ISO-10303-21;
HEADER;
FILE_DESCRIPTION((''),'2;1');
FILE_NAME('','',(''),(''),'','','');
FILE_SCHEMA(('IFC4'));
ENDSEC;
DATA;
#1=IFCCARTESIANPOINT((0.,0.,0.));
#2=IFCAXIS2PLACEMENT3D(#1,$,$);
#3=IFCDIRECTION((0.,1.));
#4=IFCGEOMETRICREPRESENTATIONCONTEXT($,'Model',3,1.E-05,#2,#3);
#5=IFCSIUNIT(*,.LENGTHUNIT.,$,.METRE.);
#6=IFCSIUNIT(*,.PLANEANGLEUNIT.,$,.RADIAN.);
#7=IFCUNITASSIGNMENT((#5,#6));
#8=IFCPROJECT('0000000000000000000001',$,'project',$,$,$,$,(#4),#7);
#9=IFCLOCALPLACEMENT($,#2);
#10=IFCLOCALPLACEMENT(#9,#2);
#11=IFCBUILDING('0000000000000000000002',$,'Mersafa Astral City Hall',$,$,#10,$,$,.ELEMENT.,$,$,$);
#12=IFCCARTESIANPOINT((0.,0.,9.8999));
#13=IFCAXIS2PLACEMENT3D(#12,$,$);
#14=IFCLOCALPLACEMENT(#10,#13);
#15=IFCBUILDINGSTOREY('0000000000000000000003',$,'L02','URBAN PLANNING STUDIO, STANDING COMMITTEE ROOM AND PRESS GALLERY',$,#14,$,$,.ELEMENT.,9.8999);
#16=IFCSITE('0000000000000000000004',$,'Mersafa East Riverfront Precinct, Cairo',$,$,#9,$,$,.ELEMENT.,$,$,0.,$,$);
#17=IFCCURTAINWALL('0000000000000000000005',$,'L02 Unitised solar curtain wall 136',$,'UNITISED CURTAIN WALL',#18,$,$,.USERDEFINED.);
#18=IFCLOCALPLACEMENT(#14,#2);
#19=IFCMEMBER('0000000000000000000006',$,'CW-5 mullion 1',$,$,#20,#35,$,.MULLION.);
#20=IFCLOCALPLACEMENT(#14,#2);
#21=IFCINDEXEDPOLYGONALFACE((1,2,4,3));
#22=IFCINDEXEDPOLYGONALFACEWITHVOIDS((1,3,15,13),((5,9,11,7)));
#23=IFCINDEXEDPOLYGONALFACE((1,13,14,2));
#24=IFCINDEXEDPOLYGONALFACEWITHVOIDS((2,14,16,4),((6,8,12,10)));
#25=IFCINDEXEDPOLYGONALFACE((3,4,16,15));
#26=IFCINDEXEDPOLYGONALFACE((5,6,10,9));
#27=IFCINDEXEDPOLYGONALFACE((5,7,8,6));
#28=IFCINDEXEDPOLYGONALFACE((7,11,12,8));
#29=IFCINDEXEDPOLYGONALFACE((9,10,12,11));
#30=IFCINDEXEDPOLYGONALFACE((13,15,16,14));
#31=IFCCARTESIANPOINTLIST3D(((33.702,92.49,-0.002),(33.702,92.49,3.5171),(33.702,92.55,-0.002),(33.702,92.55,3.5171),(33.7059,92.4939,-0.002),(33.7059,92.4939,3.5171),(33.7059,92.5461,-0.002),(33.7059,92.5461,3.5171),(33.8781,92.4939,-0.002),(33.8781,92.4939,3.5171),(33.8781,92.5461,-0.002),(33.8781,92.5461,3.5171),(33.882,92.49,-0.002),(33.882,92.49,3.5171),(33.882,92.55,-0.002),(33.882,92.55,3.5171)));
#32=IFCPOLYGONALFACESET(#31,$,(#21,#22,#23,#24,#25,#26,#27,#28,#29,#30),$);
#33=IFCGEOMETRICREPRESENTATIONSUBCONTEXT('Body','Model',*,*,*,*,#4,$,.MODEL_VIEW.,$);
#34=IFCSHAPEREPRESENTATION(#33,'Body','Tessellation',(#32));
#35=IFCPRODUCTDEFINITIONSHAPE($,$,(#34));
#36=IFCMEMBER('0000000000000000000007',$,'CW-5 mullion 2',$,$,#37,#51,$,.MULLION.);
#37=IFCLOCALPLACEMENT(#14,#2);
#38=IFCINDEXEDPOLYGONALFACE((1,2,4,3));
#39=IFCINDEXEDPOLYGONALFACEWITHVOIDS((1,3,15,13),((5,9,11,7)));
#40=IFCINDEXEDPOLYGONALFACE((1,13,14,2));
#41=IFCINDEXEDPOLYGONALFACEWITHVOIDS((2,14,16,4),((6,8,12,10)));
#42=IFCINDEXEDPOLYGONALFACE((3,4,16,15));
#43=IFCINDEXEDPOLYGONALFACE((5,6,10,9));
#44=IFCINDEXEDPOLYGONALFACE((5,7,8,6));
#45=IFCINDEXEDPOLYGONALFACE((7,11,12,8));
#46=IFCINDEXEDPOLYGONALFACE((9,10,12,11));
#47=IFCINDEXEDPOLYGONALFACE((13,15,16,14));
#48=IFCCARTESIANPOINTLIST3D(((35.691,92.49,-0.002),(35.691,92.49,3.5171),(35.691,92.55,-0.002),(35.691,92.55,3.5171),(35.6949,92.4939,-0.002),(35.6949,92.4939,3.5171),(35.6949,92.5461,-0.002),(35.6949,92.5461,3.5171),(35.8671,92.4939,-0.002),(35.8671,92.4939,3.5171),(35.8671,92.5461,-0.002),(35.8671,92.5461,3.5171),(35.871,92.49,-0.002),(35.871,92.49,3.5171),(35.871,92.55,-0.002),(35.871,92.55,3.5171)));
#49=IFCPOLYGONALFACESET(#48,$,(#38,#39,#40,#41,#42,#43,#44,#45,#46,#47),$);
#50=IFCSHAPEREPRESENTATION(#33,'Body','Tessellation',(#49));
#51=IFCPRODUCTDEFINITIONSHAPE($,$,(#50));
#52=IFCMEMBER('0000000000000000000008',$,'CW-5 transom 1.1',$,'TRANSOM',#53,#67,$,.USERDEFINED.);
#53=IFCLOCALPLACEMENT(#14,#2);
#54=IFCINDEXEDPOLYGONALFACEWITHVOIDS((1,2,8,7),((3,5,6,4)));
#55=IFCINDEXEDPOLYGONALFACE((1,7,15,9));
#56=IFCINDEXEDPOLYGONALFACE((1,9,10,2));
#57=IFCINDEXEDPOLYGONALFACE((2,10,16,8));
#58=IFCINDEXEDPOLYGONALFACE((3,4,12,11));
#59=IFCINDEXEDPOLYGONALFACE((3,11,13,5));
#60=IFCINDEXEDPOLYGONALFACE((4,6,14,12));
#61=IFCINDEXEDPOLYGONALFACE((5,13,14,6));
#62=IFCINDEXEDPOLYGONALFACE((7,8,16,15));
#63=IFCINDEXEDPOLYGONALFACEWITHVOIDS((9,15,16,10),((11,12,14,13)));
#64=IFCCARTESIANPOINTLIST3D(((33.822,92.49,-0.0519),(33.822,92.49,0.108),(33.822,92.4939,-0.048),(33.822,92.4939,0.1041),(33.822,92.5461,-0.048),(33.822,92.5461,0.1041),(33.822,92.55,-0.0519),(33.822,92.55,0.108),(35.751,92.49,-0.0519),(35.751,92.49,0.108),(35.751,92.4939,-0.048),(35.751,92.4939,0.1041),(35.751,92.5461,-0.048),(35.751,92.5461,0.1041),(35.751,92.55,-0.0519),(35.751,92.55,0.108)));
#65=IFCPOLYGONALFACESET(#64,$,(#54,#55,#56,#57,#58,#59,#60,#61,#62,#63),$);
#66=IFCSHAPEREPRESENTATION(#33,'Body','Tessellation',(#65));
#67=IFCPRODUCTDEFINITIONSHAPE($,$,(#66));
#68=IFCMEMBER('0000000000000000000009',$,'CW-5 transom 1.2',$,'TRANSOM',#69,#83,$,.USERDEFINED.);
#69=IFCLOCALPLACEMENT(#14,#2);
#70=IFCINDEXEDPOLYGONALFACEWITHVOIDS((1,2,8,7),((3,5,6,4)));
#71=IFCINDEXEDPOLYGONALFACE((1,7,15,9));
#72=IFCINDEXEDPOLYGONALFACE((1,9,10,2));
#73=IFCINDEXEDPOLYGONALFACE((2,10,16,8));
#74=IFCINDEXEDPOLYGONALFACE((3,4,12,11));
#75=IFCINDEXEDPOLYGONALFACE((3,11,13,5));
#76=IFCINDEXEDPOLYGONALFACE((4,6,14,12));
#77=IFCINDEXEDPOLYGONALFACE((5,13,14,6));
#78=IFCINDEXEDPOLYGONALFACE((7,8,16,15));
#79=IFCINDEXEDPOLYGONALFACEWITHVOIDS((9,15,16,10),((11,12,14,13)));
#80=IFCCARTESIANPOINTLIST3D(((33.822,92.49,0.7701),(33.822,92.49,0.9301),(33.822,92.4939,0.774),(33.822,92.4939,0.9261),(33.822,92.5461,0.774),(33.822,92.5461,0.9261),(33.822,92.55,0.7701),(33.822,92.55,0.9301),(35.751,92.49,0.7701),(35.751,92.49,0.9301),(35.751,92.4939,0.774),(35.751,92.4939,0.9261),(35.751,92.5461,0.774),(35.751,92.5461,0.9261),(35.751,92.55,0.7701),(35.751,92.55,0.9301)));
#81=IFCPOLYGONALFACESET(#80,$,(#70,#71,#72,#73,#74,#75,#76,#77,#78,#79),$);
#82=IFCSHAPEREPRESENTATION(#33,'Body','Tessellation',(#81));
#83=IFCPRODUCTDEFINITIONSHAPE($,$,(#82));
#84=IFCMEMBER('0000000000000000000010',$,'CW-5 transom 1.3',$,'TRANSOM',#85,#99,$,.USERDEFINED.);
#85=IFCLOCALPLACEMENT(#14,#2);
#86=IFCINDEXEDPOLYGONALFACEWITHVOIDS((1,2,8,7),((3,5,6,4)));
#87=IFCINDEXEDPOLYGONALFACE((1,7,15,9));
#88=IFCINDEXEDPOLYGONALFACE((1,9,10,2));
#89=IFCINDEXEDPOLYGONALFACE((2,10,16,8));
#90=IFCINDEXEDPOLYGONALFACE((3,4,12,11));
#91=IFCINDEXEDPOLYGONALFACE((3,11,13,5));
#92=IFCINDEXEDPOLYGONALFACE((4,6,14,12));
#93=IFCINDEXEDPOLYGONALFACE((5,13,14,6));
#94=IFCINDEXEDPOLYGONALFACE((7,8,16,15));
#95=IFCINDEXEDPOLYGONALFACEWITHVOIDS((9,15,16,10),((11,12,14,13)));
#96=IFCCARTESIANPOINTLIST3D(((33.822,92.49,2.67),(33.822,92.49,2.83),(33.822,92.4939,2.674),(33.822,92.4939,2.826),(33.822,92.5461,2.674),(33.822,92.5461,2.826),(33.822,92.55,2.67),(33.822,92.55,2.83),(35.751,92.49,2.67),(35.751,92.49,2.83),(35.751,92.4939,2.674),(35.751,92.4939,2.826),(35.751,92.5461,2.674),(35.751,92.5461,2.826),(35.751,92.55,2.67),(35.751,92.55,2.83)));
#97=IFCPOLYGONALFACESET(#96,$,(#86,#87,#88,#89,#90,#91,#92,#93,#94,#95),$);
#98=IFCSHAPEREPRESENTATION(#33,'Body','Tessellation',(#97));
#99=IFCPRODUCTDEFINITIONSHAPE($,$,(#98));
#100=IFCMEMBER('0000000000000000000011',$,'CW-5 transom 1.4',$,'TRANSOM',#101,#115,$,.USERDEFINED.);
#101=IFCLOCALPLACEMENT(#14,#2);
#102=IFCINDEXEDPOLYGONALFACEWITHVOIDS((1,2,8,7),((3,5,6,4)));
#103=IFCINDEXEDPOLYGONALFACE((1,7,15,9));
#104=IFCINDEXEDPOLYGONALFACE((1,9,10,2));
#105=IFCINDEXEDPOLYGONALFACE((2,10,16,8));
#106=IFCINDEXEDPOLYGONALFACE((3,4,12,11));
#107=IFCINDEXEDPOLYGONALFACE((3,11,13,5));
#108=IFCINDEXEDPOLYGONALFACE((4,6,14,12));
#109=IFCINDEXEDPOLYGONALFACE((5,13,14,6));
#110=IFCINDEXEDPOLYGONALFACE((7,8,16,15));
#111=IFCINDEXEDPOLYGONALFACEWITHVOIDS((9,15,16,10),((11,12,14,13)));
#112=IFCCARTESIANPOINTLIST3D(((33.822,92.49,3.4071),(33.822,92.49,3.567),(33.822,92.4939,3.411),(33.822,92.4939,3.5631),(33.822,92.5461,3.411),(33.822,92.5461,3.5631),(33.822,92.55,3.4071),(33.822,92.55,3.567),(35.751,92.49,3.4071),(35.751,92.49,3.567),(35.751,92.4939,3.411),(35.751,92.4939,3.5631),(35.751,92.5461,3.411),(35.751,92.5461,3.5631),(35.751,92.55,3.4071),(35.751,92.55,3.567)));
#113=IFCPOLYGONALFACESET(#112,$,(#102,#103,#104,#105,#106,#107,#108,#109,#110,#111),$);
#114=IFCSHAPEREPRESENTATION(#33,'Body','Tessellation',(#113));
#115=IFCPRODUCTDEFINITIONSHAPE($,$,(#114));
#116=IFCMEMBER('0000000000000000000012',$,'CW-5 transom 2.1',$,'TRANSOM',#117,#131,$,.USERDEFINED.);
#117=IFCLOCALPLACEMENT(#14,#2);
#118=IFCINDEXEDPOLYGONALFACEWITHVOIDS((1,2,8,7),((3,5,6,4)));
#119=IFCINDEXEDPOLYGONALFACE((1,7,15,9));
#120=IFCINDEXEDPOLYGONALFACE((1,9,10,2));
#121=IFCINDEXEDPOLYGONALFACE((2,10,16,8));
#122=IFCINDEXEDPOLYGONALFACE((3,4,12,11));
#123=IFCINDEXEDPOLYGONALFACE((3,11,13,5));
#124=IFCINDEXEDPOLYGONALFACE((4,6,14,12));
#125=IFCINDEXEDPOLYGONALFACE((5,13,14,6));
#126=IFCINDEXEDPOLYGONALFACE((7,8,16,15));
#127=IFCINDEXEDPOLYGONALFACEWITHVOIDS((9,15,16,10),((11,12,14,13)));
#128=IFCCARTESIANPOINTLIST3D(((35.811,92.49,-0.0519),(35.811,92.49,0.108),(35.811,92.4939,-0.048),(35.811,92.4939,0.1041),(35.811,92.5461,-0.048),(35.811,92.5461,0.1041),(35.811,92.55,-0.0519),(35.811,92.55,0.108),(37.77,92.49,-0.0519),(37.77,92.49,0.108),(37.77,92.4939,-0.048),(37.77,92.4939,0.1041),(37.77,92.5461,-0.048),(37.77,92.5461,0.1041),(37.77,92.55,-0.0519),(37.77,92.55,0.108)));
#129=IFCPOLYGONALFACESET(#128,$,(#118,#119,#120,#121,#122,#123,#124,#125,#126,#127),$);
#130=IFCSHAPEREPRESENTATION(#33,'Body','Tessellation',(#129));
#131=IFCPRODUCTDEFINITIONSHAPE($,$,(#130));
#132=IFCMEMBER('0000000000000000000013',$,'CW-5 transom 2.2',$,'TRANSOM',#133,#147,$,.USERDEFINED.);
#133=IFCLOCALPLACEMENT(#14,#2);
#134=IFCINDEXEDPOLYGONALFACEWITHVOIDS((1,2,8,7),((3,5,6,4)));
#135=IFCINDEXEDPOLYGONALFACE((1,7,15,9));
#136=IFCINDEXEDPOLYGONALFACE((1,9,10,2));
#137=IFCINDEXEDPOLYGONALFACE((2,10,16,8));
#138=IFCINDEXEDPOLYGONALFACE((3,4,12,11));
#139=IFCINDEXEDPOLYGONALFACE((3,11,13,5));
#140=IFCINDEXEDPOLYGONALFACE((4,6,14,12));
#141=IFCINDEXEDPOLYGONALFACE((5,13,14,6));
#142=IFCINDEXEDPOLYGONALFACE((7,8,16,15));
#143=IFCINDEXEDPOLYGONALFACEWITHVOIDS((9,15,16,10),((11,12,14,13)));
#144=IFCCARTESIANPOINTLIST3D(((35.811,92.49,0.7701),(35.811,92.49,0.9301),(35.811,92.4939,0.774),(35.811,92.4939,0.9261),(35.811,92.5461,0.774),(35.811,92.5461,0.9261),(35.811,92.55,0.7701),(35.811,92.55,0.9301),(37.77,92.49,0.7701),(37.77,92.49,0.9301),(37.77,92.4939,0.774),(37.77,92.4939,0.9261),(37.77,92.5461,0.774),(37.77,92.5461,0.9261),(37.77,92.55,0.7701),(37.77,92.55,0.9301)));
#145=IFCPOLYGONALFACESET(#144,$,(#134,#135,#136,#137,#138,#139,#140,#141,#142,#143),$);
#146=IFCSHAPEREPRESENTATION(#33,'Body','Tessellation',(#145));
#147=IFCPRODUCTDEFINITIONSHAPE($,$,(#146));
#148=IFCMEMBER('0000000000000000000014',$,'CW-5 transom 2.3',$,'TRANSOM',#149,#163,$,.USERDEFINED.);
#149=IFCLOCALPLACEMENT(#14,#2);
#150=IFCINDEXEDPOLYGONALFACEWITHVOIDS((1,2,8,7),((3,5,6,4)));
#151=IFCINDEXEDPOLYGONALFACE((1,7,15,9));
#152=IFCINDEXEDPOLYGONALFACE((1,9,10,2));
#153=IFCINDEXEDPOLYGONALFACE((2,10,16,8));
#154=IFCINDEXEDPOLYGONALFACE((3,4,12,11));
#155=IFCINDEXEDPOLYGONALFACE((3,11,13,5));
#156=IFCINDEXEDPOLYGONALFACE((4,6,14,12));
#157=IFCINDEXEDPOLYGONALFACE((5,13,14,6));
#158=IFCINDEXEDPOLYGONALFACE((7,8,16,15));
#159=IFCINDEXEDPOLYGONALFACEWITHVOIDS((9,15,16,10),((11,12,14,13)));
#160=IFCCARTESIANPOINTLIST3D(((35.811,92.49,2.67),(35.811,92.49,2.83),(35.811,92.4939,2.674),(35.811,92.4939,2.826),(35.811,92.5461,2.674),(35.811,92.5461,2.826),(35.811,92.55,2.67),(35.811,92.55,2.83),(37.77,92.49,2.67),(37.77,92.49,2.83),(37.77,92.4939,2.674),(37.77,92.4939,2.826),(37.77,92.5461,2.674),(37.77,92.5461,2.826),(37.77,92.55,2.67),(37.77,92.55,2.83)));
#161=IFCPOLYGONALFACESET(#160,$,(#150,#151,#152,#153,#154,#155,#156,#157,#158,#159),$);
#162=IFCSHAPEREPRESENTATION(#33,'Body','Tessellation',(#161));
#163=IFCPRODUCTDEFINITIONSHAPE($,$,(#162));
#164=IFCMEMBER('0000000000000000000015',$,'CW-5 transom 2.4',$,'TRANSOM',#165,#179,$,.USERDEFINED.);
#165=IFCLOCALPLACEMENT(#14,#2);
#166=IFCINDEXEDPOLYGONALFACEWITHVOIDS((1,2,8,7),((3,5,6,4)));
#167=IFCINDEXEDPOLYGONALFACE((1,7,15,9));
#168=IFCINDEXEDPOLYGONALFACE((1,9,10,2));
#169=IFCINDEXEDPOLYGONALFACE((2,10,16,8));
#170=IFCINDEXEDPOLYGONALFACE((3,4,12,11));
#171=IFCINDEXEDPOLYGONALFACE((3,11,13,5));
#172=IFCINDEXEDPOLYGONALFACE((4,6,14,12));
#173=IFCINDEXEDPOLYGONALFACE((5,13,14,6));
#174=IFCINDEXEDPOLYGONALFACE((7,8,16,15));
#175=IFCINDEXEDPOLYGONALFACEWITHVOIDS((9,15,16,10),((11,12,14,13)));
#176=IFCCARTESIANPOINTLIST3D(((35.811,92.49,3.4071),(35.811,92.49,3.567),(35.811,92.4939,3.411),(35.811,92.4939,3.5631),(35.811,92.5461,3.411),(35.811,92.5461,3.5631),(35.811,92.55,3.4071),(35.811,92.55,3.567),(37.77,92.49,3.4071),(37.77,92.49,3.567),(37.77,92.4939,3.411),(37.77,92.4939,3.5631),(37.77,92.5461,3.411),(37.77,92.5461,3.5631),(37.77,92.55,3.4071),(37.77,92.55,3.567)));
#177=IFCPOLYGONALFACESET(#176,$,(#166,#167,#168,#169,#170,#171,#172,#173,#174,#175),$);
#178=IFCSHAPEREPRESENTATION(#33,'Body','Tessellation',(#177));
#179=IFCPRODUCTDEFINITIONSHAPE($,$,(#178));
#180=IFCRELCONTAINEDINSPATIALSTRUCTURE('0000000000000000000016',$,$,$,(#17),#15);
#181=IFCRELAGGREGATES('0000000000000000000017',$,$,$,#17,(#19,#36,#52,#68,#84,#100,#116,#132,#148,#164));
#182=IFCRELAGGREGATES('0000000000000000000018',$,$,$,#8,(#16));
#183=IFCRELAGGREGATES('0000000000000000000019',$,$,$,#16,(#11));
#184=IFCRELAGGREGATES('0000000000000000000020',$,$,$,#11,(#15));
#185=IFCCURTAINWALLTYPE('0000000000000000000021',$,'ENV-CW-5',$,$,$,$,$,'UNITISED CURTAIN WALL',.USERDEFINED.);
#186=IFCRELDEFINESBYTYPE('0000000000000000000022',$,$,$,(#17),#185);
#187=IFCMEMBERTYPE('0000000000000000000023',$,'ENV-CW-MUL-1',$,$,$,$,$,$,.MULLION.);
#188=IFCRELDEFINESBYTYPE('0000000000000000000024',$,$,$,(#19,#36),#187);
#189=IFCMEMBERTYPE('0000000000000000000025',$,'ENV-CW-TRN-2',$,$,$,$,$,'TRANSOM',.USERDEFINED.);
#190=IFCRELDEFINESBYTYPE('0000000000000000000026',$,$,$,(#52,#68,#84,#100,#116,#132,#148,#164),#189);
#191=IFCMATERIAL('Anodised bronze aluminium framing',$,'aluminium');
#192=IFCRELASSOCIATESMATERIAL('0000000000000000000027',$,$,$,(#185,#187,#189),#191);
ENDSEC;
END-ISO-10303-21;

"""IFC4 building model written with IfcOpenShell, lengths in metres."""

from ifc_helpers import new_model, si_unit, direction, frame, origin, origin_2d, place, context, subcontext, project, spatial, hollow_rectangle, extrude, material, material_profile, profile_set, type_object, element, aggregate, save


model = new_model("IFC4")

# Units and contexts
model_context = context("Model", 3, precision=1e-05, world=origin(), true_north=direction((0.0, 1.0)))
body_context = subcontext(model_context, "Body", "Model", "MODEL_VIEW")
ifc_project = project(units=[si_unit("LENGTHUNIT", "METRE"), si_unit("PLANEANGLEUNIT", "RADIAN")], contexts=[model_context])

# Site, building, storey
site_placement = place(None, origin())
site = spatial("IfcSite", under=ifc_project, at=site_placement, Name="Mersafa East Riverfront Precinct, Cairo", CompositionType="ELEMENT", RefElevation=0.0)
building_placement = place(site_placement, origin())
building = spatial("IfcBuilding", under=site, at=building_placement, Name="Mersafa Astral City Hall", CompositionType="ELEMENT")
storey_placement = place(building_placement, frame((0.0, 0.0, 9.8999)))
storey = spatial("IfcBuildingStorey", under=building, at=storey_placement, Name="L02", Description="URBAN PLANNING STUDIO, STANDING COMMITTEE ROOM AND PRESS GALLERY", CompositionType="ELEMENT", Elevation=9.8999)

# Curtain wall, members
ifc_material_1 = material(Name="Anodised bronze aluminium framing", Category="aluminium")
curtain_wall_type = type_object("IfcCurtainWallType", Name="ENV-CW-5", ElementType="UNITISED CURTAIN WALL", PredefinedType="USERDEFINED", material=ifc_material_1)
curtain_wall_placement = place(storey_placement, origin())
curtain_wall = element("IfcCurtainWall", 1, at=curtain_wall_placement, inside=storey, type_object=curtain_wall_type, Name="L02 Unitised solar curtain wall 136", ObjectType="UNITISED CURTAIN WALL", PredefinedType="USERDEFINED")
ifc_material_profile_1 = material_profile(ifc_material_1, hollow_rectangle(XDim=0.0601, YDim=0.1799, WallThickness=0.0039, at=origin_2d()), Name="RHS 60x180x4")
ifc_profile_set_1 = profile_set([ifc_material_profile_1], Name="Anodised bronze aluminium framing")
member_type_1 = type_object("IfcMemberType", Name="ENV-CW-MUL-1", PredefinedType="MULLION", material=ifc_profile_set_1)
member_1_placement = place(storey_placement, frame((33.792, 92.52, -0.002), z_axis=(0.0, 0.0, 1.0), x_axis=(0.0, 1.0, 0.0)))
member_1 = element("IfcMember", 2, at=member_1_placement, type_object=member_type_1, Name="CW-5 mullion 1", PredefinedType="MULLION", context=body_context, shape_type="SweptSolid", body=[
    extrude(hollow_rectangle(XDim=0.0601, YDim=0.1799, WallThickness=0.0039, at=origin_2d()), origin(), (0.0, 0.0, 1.0), 3.519),
])
member_2_placement = place(storey_placement, frame((35.781, 92.52, -0.002), z_axis=(0.0, 0.0, 1.0), x_axis=(0.0, 1.0, 0.0)))
member_2 = element("IfcMember", 3, at=member_2_placement, type_object=member_type_1, Name="CW-5 mullion 2", PredefinedType="MULLION", context=body_context, shape_type="SweptSolid", body=[
    extrude(hollow_rectangle(XDim=0.0601, YDim=0.1799, WallThickness=0.0039, at=origin_2d()), origin(), (0.0, 0.0, 1.0), 3.519),
])
ifc_material_profile_2 = material_profile(ifc_material_1, hollow_rectangle(XDim=0.0601, YDim=0.1599, WallThickness=0.0039, at=origin_2d()), Name="RHS 60x160x4")
ifc_profile_set_2 = profile_set([ifc_material_profile_2], Name="Anodised bronze aluminium framing")
member_type_2 = type_object("IfcMemberType", Name="ENV-CW-TRN-2", ElementType="TRANSOM", PredefinedType="USERDEFINED", material=ifc_profile_set_2)
member_3_placement = place(storey_placement, frame((33.822, 92.52, 0.0281), z_axis=(1.0, 0.0, 0.0), x_axis=(0.0, 1.0, 0.0)))
member_3 = element("IfcMember", 4, at=member_3_placement, type_object=member_type_2, Name="CW-5 transom 1.1", ObjectType="TRANSOM", PredefinedType="USERDEFINED", context=body_context, shape_type="SweptSolid", body=[
    extrude(hollow_rectangle(XDim=0.0601, YDim=0.1599, WallThickness=0.0039, at=origin_2d()), origin(), (0.0, 0.0, 1.0), 1.929),
])
member_4_placement = place(storey_placement, frame((33.822, 92.52, 0.8501), z_axis=(1.0, 0.0, 0.0), x_axis=(0.0, 1.0, 0.0)))
member_4 = element("IfcMember", 5, at=member_4_placement, type_object=member_type_2, Name="CW-5 transom 1.2", ObjectType="TRANSOM", PredefinedType="USERDEFINED", context=body_context, shape_type="SweptSolid", body=[
    extrude(hollow_rectangle(XDim=0.0601, YDim=0.1599, WallThickness=0.0039, at=origin_2d()), origin(), (0.0, 0.0, 1.0), 1.929),
])
member_5_placement = place(storey_placement, frame((33.822, 92.52, 2.75), z_axis=(1.0, 0.0, 0.0), x_axis=(0.0, 1.0, 0.0)))
member_5 = element("IfcMember", 6, at=member_5_placement, type_object=member_type_2, Name="CW-5 transom 1.3", ObjectType="TRANSOM", PredefinedType="USERDEFINED", context=body_context, shape_type="SweptSolid", body=[
    extrude(hollow_rectangle(XDim=0.0601, YDim=0.1599, WallThickness=0.0039, at=origin_2d()), origin(), (0.0, 0.0, 1.0), 1.929),
])
member_6_placement = place(storey_placement, frame((33.822, 92.52, 3.4871), z_axis=(1.0, 0.0, 0.0), x_axis=(0.0, 1.0, 0.0)))
member_6 = element("IfcMember", 7, at=member_6_placement, type_object=member_type_2, Name="CW-5 transom 1.4", ObjectType="TRANSOM", PredefinedType="USERDEFINED", context=body_context, shape_type="SweptSolid", body=[
    extrude(hollow_rectangle(XDim=0.0601, YDim=0.1599, WallThickness=0.0039, at=origin_2d()), origin(), (0.0, 0.0, 1.0), 1.929),
])
member_7_placement = place(storey_placement, frame((35.811, 92.52, 0.0281), z_axis=(1.0, 0.0, 0.0), x_axis=(0.0, 1.0, 0.0)))
member_7 = element("IfcMember", 8, at=member_7_placement, type_object=member_type_2, Name="CW-5 transom 2.1", ObjectType="TRANSOM", PredefinedType="USERDEFINED", context=body_context, shape_type="SweptSolid", body=[
    extrude(hollow_rectangle(XDim=0.0601, YDim=0.1599, WallThickness=0.0039, at=origin_2d()), origin(), (0.0, 0.0, 1.0), 1.959),
])
member_8_placement = place(storey_placement, frame((35.811, 92.52, 0.8501), z_axis=(1.0, 0.0, 0.0), x_axis=(0.0, 1.0, 0.0)))
member_8 = element("IfcMember", 9, at=member_8_placement, type_object=member_type_2, Name="CW-5 transom 2.2", ObjectType="TRANSOM", PredefinedType="USERDEFINED", context=body_context, shape_type="SweptSolid", body=[
    extrude(hollow_rectangle(XDim=0.0601, YDim=0.1599, WallThickness=0.0039, at=origin_2d()), origin(), (0.0, 0.0, 1.0), 1.959),
])
member_9_placement = place(storey_placement, frame((35.811, 92.52, 2.75), z_axis=(1.0, 0.0, 0.0), x_axis=(0.0, 1.0, 0.0)))
member_9 = element("IfcMember", 10, at=member_9_placement, type_object=member_type_2, Name="CW-5 transom 2.3", ObjectType="TRANSOM", PredefinedType="USERDEFINED", context=body_context, shape_type="SweptSolid", body=[
    extrude(hollow_rectangle(XDim=0.0601, YDim=0.1599, WallThickness=0.0039, at=origin_2d()), origin(), (0.0, 0.0, 1.0), 1.959),
])
member_10_placement = place(storey_placement, frame((35.811, 92.52, 3.4871), z_axis=(1.0, 0.0, 0.0), x_axis=(0.0, 1.0, 0.0)))
member_10 = element("IfcMember", 11, at=member_10_placement, type_object=member_type_2, Name="CW-5 transom 2.4", ObjectType="TRANSOM", PredefinedType="USERDEFINED", context=body_context, shape_type="SweptSolid", body=[
    extrude(hollow_rectangle(XDim=0.0601, YDim=0.1599, WallThickness=0.0039, at=origin_2d()), origin(), (0.0, 0.0, 1.0), 1.959),
])

aggregate(curtain_wall, [member_1, member_2, member_3, member_4, member_5, member_6, member_7, member_8, member_9, member_10])

save(model, "model.ifc")
